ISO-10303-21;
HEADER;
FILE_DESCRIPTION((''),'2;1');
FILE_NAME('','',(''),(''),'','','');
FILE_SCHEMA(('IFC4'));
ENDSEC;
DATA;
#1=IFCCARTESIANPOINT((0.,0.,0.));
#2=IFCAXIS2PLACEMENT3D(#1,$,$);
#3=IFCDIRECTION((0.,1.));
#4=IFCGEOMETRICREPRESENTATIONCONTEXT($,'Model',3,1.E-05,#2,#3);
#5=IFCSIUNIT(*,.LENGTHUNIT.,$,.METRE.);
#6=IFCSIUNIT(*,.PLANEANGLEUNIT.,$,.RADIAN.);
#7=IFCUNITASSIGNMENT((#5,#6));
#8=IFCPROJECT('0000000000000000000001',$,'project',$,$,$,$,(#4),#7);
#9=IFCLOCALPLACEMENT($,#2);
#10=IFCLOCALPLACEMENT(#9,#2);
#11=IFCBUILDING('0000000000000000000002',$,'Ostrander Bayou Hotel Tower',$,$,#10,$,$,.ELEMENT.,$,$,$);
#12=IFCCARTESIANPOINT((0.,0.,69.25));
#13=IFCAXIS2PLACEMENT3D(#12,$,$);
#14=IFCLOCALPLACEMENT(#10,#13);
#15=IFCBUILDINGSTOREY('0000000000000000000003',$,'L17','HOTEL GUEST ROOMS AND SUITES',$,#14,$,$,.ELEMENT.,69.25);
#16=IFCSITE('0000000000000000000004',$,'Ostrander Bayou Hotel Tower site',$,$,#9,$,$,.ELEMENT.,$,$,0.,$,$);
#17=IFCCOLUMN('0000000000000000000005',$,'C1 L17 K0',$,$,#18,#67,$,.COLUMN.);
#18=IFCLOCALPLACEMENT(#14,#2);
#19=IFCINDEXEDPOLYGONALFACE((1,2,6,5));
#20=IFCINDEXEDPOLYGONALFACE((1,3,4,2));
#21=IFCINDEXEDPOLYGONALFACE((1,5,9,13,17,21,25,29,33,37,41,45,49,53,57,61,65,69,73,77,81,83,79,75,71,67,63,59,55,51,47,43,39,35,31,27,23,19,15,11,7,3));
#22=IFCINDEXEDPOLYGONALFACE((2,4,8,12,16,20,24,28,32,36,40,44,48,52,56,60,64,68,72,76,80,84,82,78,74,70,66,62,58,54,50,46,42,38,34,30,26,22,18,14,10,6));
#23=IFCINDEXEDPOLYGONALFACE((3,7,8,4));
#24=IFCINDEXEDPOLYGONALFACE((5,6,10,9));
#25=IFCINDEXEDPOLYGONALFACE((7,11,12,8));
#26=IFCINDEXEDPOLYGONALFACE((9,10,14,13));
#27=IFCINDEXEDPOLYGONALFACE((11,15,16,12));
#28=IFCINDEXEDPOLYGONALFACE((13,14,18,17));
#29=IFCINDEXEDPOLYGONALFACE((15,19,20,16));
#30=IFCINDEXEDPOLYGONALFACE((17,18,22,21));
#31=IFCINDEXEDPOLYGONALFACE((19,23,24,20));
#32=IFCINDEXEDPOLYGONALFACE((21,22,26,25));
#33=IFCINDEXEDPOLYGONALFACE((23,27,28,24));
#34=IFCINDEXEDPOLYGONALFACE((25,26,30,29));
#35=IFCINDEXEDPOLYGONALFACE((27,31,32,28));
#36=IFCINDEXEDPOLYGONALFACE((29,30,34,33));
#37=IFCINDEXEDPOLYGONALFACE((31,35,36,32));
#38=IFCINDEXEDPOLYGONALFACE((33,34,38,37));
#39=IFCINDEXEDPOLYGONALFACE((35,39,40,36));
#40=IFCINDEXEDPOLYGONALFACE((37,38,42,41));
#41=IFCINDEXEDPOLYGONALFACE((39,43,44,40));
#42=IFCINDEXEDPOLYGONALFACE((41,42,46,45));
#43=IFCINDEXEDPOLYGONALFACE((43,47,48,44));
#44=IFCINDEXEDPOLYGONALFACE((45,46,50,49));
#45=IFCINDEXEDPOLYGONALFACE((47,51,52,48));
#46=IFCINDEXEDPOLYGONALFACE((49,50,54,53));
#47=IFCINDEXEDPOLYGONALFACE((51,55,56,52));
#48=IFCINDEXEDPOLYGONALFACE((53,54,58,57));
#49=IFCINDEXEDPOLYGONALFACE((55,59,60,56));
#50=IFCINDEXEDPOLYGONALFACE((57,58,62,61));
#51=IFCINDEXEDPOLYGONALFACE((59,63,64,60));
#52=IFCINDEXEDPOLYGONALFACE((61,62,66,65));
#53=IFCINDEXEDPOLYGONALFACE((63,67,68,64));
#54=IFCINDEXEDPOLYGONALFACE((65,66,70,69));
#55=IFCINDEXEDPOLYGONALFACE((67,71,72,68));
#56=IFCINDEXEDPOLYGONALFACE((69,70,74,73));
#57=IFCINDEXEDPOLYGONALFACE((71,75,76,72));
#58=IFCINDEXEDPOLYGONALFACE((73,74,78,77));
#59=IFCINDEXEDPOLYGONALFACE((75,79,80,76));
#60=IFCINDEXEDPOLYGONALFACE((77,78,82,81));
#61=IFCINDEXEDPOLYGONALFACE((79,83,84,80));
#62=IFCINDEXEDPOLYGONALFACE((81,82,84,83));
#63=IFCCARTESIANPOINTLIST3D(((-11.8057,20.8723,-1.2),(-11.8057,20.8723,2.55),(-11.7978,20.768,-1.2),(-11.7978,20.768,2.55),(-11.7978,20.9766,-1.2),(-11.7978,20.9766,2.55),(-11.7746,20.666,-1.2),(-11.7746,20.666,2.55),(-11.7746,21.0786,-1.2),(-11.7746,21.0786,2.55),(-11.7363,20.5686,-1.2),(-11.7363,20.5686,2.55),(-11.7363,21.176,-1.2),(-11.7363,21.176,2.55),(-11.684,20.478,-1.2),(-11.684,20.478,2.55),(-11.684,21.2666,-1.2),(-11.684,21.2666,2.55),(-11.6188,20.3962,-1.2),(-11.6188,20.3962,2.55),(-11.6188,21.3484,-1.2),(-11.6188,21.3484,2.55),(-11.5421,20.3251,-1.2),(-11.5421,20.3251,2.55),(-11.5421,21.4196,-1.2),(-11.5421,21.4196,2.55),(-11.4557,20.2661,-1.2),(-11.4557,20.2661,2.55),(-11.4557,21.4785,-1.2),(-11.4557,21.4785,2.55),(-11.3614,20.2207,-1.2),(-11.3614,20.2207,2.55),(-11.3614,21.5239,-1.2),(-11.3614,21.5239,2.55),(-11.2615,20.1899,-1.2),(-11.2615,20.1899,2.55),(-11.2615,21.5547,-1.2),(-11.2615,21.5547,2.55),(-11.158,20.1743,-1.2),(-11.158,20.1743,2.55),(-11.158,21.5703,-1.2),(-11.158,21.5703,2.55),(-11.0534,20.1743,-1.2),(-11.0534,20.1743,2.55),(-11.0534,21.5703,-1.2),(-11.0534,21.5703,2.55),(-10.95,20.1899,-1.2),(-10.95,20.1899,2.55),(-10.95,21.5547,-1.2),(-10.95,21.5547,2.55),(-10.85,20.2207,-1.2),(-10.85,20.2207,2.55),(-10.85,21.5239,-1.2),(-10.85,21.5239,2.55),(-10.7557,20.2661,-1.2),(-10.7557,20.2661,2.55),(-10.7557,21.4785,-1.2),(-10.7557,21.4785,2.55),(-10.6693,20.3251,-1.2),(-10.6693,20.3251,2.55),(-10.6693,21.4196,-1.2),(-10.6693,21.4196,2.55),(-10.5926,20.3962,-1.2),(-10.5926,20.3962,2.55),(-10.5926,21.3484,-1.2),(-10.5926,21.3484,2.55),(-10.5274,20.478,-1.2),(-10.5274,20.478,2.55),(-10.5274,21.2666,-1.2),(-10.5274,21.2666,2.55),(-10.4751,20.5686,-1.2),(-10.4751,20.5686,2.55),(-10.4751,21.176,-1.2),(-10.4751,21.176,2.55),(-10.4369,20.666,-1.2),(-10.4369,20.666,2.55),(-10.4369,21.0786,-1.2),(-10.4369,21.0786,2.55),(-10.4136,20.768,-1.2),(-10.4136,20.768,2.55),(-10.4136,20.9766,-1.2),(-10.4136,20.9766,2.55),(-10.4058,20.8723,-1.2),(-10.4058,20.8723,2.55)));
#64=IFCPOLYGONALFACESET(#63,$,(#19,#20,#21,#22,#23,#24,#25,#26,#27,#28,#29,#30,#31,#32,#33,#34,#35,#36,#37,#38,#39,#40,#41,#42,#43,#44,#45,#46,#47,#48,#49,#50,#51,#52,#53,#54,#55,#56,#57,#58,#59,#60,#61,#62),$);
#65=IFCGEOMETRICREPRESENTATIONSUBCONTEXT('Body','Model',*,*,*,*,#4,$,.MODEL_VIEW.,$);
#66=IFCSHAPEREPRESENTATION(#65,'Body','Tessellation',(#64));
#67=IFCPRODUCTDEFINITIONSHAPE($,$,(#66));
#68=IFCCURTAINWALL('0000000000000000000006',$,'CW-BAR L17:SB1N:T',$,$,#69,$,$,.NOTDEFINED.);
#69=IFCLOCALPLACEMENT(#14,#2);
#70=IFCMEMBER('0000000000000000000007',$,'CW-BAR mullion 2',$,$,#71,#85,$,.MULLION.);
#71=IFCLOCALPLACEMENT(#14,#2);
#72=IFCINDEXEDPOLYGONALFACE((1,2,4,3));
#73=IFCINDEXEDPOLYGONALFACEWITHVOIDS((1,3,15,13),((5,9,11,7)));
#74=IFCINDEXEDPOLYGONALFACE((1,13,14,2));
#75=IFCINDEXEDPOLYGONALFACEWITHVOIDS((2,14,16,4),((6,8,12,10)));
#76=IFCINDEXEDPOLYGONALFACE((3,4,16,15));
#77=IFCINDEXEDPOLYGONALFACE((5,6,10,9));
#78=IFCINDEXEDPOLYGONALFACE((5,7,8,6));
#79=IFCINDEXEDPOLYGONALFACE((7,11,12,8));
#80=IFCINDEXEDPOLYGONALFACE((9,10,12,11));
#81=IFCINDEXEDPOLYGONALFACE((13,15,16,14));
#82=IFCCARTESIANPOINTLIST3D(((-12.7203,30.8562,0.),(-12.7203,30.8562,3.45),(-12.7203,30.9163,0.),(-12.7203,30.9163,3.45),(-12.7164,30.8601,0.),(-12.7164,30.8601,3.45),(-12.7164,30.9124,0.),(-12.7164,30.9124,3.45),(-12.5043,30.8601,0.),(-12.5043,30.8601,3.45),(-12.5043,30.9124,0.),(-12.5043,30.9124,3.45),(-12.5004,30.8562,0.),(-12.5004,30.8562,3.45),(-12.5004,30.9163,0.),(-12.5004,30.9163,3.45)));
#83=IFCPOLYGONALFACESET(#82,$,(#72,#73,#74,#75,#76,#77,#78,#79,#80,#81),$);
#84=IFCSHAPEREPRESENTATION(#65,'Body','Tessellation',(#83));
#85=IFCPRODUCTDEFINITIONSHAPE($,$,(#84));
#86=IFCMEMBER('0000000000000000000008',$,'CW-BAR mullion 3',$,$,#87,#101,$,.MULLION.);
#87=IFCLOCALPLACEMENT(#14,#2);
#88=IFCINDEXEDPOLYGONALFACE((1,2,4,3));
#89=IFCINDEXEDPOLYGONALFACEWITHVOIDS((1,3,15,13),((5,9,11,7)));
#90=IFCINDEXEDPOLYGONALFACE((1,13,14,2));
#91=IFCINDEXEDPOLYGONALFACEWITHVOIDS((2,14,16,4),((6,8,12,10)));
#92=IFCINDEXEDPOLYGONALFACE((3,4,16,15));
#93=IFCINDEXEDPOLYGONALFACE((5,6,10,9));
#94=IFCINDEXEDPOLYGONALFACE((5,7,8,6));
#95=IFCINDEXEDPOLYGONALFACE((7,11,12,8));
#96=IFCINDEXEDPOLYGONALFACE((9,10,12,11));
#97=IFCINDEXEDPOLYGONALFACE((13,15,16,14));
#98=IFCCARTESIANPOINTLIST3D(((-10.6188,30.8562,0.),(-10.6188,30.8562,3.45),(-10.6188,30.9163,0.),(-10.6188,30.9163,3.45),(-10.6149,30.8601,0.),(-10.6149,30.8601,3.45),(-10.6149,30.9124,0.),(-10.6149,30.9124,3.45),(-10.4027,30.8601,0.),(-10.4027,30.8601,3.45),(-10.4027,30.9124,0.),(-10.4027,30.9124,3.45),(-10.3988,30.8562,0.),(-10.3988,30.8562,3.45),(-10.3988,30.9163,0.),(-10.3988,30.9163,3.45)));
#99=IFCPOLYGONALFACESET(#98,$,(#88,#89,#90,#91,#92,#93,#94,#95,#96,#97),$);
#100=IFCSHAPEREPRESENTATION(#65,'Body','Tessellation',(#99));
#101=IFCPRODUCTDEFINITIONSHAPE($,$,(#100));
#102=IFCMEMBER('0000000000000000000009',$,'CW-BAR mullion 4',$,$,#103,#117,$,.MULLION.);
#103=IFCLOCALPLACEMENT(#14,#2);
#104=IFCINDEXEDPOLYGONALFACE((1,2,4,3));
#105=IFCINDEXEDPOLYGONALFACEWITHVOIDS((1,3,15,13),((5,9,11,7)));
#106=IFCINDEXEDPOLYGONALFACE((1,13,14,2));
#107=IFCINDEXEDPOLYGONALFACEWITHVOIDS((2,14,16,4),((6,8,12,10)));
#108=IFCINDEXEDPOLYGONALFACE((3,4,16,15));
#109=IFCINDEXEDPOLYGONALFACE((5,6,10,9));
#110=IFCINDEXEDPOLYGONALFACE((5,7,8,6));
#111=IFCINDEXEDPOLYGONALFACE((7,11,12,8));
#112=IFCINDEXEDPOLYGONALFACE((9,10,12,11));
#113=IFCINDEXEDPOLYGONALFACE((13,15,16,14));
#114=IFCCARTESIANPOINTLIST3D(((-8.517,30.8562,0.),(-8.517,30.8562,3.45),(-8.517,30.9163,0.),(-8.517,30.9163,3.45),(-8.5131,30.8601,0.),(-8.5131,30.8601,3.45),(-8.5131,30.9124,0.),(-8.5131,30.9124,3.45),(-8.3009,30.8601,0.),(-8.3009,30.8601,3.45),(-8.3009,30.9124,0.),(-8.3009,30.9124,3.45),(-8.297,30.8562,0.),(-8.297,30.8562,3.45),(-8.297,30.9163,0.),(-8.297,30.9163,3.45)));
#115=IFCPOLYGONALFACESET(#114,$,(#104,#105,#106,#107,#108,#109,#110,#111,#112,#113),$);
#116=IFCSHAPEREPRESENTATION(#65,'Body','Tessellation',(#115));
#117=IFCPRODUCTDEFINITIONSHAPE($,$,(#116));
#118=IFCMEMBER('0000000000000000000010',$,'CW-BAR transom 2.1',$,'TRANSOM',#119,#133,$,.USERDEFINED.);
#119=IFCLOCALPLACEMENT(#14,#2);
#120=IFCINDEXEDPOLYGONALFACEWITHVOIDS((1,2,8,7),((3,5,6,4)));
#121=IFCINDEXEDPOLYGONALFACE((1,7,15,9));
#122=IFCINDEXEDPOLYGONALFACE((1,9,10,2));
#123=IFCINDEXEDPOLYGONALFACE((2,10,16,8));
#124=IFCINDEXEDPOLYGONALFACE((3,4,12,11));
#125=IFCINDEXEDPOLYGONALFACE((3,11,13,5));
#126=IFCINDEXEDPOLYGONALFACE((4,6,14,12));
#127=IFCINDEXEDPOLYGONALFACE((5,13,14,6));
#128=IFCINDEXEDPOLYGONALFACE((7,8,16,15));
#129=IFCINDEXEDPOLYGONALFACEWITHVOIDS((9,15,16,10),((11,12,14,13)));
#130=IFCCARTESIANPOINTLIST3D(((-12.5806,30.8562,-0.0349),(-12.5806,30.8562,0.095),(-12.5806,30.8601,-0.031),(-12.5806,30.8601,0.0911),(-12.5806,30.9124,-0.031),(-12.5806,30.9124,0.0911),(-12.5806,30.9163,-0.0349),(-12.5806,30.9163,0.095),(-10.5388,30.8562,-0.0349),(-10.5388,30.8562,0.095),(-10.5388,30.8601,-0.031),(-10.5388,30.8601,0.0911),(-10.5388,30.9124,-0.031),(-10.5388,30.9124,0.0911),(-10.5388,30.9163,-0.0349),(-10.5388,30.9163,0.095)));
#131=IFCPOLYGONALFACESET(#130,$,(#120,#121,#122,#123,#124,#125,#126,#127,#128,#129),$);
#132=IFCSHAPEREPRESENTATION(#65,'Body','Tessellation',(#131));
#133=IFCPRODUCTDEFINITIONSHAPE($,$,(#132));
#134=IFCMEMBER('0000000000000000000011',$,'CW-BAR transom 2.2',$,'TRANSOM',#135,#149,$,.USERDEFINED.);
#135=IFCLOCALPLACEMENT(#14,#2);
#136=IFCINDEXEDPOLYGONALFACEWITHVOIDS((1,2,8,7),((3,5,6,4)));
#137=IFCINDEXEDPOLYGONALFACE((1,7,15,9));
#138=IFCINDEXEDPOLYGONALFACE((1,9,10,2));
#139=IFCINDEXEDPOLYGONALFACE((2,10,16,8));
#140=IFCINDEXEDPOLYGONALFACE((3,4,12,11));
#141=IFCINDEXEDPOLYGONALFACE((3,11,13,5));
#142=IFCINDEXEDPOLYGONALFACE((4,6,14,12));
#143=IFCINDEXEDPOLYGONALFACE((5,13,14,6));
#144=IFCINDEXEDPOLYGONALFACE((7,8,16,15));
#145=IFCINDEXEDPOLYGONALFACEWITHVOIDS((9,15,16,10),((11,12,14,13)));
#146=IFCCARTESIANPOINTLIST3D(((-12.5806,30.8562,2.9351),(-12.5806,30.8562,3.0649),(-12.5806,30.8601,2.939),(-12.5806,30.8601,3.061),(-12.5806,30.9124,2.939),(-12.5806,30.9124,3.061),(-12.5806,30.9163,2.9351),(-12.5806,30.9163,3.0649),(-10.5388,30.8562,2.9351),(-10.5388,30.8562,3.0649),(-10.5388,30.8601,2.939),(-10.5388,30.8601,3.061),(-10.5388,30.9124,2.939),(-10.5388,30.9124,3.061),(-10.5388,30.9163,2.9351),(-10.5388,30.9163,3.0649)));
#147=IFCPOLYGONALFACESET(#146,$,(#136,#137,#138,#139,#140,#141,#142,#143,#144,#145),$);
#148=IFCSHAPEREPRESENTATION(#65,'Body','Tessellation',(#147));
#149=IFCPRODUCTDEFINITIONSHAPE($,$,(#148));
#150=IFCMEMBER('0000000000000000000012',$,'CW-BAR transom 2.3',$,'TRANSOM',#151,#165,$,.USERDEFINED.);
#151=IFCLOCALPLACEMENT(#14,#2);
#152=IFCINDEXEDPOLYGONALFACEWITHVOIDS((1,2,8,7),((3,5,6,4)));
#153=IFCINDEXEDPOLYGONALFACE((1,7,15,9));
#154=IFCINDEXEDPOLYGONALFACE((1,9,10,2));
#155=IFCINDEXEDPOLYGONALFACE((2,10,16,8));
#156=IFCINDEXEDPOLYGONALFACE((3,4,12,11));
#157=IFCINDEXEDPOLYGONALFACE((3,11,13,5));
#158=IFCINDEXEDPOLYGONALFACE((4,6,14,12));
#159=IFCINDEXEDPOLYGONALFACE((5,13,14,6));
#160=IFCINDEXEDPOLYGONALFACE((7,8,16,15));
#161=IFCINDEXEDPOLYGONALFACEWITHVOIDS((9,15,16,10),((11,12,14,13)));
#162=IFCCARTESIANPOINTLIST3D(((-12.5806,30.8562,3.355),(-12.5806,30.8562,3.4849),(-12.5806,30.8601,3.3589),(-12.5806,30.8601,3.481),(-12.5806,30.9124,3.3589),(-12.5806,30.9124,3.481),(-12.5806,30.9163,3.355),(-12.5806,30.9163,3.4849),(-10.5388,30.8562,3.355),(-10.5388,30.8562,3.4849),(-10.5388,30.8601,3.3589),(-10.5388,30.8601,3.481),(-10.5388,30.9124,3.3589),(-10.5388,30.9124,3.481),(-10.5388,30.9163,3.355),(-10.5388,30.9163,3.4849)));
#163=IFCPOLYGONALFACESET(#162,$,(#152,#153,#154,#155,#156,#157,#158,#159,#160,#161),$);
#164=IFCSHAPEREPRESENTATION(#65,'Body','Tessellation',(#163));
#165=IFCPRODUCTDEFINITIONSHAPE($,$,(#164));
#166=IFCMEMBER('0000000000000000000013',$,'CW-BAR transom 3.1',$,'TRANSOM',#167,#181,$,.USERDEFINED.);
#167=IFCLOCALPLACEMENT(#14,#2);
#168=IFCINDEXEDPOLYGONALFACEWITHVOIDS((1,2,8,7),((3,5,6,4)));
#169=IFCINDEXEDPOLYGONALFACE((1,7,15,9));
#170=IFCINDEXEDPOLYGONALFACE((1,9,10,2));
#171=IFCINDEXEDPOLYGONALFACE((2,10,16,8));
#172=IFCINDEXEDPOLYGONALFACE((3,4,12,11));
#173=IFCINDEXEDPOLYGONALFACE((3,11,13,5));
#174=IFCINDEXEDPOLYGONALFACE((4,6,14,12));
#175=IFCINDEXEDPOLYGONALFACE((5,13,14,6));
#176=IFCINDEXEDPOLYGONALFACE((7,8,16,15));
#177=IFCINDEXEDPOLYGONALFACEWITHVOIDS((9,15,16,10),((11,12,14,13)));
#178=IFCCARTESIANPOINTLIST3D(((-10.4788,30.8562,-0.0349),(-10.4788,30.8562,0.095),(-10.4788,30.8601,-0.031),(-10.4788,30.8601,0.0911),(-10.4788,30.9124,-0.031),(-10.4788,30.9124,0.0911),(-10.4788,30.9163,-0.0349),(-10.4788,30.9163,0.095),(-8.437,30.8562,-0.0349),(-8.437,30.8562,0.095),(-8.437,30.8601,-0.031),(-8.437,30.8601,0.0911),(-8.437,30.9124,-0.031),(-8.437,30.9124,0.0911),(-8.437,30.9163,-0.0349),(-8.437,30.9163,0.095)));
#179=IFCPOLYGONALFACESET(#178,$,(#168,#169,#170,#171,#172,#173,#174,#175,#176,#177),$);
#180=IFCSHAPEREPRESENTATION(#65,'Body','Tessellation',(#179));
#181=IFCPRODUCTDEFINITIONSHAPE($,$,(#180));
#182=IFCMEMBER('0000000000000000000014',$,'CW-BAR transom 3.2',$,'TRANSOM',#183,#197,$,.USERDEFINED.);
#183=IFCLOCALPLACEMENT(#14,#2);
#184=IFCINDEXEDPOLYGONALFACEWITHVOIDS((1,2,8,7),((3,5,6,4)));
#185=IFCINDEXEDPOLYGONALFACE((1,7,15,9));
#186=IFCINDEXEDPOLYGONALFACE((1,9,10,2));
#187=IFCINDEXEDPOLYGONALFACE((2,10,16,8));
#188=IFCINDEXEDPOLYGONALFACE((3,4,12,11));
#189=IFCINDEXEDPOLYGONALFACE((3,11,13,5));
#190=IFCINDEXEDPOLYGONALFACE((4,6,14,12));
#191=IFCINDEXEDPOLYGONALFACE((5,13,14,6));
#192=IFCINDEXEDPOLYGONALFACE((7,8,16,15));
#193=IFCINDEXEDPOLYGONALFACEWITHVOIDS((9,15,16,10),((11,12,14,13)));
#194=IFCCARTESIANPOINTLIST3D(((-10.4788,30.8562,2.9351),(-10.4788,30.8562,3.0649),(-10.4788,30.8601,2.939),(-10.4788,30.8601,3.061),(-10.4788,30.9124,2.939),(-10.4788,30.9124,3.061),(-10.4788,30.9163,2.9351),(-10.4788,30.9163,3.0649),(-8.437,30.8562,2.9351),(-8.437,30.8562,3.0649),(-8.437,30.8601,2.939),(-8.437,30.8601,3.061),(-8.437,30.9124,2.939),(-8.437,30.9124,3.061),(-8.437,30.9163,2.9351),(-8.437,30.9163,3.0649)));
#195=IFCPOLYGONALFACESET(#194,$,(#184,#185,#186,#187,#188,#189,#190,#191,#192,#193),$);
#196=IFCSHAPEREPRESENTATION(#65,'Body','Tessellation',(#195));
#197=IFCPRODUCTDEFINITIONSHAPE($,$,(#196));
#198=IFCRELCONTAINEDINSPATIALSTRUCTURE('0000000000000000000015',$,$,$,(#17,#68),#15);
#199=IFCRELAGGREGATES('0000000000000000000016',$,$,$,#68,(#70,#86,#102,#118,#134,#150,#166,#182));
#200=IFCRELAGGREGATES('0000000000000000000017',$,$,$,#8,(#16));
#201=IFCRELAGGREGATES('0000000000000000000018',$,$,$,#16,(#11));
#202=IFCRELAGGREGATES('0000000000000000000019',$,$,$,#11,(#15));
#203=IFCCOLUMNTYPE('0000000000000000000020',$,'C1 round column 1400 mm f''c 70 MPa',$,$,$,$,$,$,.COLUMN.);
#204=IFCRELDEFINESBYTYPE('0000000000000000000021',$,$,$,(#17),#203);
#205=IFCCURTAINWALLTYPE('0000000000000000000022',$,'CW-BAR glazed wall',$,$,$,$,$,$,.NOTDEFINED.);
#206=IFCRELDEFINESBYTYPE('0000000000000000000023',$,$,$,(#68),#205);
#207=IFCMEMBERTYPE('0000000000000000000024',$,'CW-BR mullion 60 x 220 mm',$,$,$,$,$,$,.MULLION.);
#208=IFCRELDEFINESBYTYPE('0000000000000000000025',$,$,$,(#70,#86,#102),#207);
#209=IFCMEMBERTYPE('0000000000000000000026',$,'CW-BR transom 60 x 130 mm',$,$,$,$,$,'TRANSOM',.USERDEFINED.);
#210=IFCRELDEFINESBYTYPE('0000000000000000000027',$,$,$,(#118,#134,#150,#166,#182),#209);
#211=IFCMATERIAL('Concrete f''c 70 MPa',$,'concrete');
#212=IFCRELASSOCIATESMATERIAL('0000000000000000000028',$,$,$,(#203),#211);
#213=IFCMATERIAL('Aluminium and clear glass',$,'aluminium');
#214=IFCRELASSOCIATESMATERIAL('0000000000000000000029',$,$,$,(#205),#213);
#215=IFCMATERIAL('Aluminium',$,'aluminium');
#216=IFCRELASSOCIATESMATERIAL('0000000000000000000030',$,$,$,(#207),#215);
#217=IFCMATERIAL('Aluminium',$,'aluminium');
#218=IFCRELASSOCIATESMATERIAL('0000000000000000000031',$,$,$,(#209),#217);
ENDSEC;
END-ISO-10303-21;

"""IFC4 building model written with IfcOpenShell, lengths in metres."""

from ifc_helpers import new_model, si_unit, direction, frame, origin, origin_2d, place, context, subcontext, project, spatial, hollow_rectangle, circle, extrude, material, material_profile, profile_set, type_object, element, aggregate, save


model = new_model("IFC4")

# Units and contexts
model_context = context("Model", 3, precision=1e-05, world=origin(), true_north=direction((0.0, 1.0)))
body_context = subcontext(model_context, "Body", "Model", "MODEL_VIEW")
ifc_project = project(units=[si_unit("LENGTHUNIT", "METRE"), si_unit("PLANEANGLEUNIT", "RADIAN")], contexts=[model_context])

# Site, building, storey
site_placement = place(None, origin())
site = spatial("IfcSite", under=ifc_project, at=site_placement, Name="Ostrander Bayou Hotel Tower site", CompositionType="ELEMENT", RefElevation=0.0)
building_placement = place(site_placement, origin())
building = spatial("IfcBuilding", under=site, at=building_placement, Name="Ostrander Bayou Hotel Tower", CompositionType="ELEMENT")
storey_placement = place(building_placement, frame((0.0, 0.0, 69.25)))
storey = spatial("IfcBuildingStorey", under=building, at=storey_placement, Name="L17", Description="HOTEL GUEST ROOMS AND SUITES", CompositionType="ELEMENT", Elevation=69.25)

# Column
ifc_material_1 = material(Name="Concrete f'c 70 MPa", Category="concrete")
ifc_material_profile_1 = material_profile(ifc_material_1, circle(Radius=0.7, at=origin_2d()))
ifc_profile_set_1 = profile_set([ifc_material_profile_1], Name="Concrete f'c 70 MPa")
column_type = type_object("IfcColumnType", Name="C1 round column 1400 mm f'c 70 MPa", PredefinedType="COLUMN", material=ifc_profile_set_1)
column_placement = place(storey_placement, frame((-11.1057, 20.8723, -1.2), z_axis=(0.0, 0.0, 1.0), x_axis=(1.0, 0.0, 0.0)))
element("IfcColumn", 1, at=column_placement, inside=storey, type_object=column_type, Name="C1 L17 K0", PredefinedType="COLUMN", context=body_context, shape_type="SweptSolid", body=[
    extrude(circle(Radius=0.7, at=origin_2d()), origin(), (0.0, 0.0, 1.0), 3.75),
])

# Curtain wall, members
ifc_material_2 = material(Name="Aluminium and clear glass", Category="aluminium")
curtain_wall_type = type_object("IfcCurtainWallType", Name="CW-BAR glazed wall", PredefinedType="NOTDEFINED", material=ifc_material_2)
curtain_wall_placement = place(storey_placement, origin())
curtain_wall = element("IfcCurtainWall", 2, at=curtain_wall_placement, inside=storey, type_object=curtain_wall_type, Name="CW-BAR L17:SB1N:T", PredefinedType="NOTDEFINED")
ifc_material_3 = material(Name="Aluminium", Category="aluminium")
ifc_material_profile_2 = material_profile(ifc_material_3, hollow_rectangle(XDim=0.0601, YDim=0.22, WallThickness=0.0039, at=origin_2d()))
ifc_profile_set_2 = profile_set([ifc_material_profile_2], Name="Aluminium")
member_type_1 = type_object("IfcMemberType", Name="CW-BR mullion 60 x 220 mm", PredefinedType="MULLION", material=ifc_profile_set_2)
member_1_placement = place(storey_placement, frame((-12.6104, 30.8862, 0.0), z_axis=(0.0, 0.0, 1.0), x_axis=(0.0, 1.0, 0.0)))
member_1 = element("IfcMember", 3, at=member_1_placement, type_object=member_type_1, Name="CW-BAR mullion 2", PredefinedType="MULLION", context=body_context, shape_type="SweptSolid", body=[
    extrude(hollow_rectangle(XDim=0.0601, YDim=0.22, WallThickness=0.0039, at=origin_2d()), origin(), (0.0, 0.0, 1.0), 3.45),
])
member_2_placement = place(storey_placement, frame((-10.5088, 30.8862, 0.0), z_axis=(0.0, 0.0, 1.0), x_axis=(0.0, 1.0, 0.0)))
member_2 = element("IfcMember", 4, at=member_2_placement, type_object=member_type_1, Name="CW-BAR mullion 3", PredefinedType="MULLION", context=body_context, shape_type="SweptSolid", body=[
    extrude(hollow_rectangle(XDim=0.0601, YDim=0.22, WallThickness=0.0039, at=origin_2d()), origin(), (0.0, 0.0, 1.0), 3.45),
])
member_3_placement = place(storey_placement, frame((-8.407, 30.8862, 0.0), z_axis=(0.0, 0.0, 1.0), x_axis=(0.0, 1.0, 0.0)))
member_3 = element("IfcMember", 5, at=member_3_placement, type_object=member_type_1, Name="CW-BAR mullion 4", PredefinedType="MULLION", context=body_context, shape_type="SweptSolid", body=[
    extrude(hollow_rectangle(XDim=0.0601, YDim=0.22, WallThickness=0.0039, at=origin_2d()), origin(), (0.0, 0.0, 1.0), 3.45),
])
ifc_material_4 = material(Name="Aluminium", Category="aluminium")
ifc_material_profile_3 = material_profile(ifc_material_4, hollow_rectangle(XDim=0.0601, YDim=0.1299, WallThickness=0.0039, at=origin_2d()))
ifc_profile_set_3 = profile_set([ifc_material_profile_3], Name="Aluminium")
member_type_2 = type_object("IfcMemberType", Name="CW-BR transom 60 x 130 mm", ElementType="TRANSOM", PredefinedType="USERDEFINED", material=ifc_profile_set_3)
member_4_placement = place(storey_placement, frame((-12.5806, 30.8862, 0.03), z_axis=(1.0, 0.0, 0.0), x_axis=(0.0, 1.0, 0.0)))
member_4 = element("IfcMember", 6, at=member_4_placement, type_object=member_type_2, Name="CW-BAR transom 2.1", ObjectType="TRANSOM", PredefinedType="USERDEFINED", context=body_context, shape_type="SweptSolid", body=[
    extrude(hollow_rectangle(XDim=0.0601, YDim=0.1299, WallThickness=0.0039, at=origin_2d()), origin(), (0.0, 0.0, 1.0), 2.0417),
])
member_5_placement = place(storey_placement, frame((-12.5806, 30.8862, 3.0), z_axis=(1.0, 0.0, 0.0), x_axis=(0.0, 1.0, 0.0)))
member_5 = element("IfcMember", 7, at=member_5_placement, type_object=member_type_2, Name="CW-BAR transom 2.2", ObjectType="TRANSOM", PredefinedType="USERDEFINED", context=body_context, shape_type="SweptSolid", body=[
    extrude(hollow_rectangle(XDim=0.0601, YDim=0.1299, WallThickness=0.0039, at=origin_2d()), origin(), (0.0, 0.0, 1.0), 2.0417),
])
member_6_placement = place(storey_placement, frame((-12.5806, 30.8862, 3.4199), z_axis=(1.0, 0.0, 0.0), x_axis=(0.0, 1.0, 0.0)))
member_6 = element("IfcMember", 8, at=member_6_placement, type_object=member_type_2, Name="CW-BAR transom 2.3", ObjectType="TRANSOM", PredefinedType="USERDEFINED", context=body_context, shape_type="SweptSolid", body=[
    extrude(hollow_rectangle(XDim=0.0601, YDim=0.1299, WallThickness=0.0039, at=origin_2d()), origin(), (0.0, 0.0, 1.0), 2.0417),
])
member_7_placement = place(storey_placement, frame((-10.4788, 30.8862, 0.03), z_axis=(1.0, 0.0, 0.0), x_axis=(0.0, 1.0, 0.0)))
member_7 = element("IfcMember", 9, at=member_7_placement, type_object=member_type_2, Name="CW-BAR transom 3.1", ObjectType="TRANSOM", PredefinedType="USERDEFINED", context=body_context, shape_type="SweptSolid", body=[
    extrude(hollow_rectangle(XDim=0.0601, YDim=0.1299, WallThickness=0.0039, at=origin_2d()), origin(), (0.0, 0.0, 1.0), 2.0417),
])
member_8_placement = place(storey_placement, frame((-10.4788, 30.8862, 3.0), z_axis=(1.0, 0.0, 0.0), x_axis=(0.0, 1.0, 0.0)))
member_8 = element("IfcMember", 10, at=member_8_placement, type_object=member_type_2, Name="CW-BAR transom 3.2", ObjectType="TRANSOM", PredefinedType="USERDEFINED", context=body_context, shape_type="SweptSolid", body=[
    extrude(hollow_rectangle(XDim=0.0601, YDim=0.1299, WallThickness=0.0039, at=origin_2d()), origin(), (0.0, 0.0, 1.0), 2.0417),
])

aggregate(curtain_wall, [member_1, member_2, member_3, member_4, member_5, member_6, member_7, member_8])

save(model, "model.ifc")
